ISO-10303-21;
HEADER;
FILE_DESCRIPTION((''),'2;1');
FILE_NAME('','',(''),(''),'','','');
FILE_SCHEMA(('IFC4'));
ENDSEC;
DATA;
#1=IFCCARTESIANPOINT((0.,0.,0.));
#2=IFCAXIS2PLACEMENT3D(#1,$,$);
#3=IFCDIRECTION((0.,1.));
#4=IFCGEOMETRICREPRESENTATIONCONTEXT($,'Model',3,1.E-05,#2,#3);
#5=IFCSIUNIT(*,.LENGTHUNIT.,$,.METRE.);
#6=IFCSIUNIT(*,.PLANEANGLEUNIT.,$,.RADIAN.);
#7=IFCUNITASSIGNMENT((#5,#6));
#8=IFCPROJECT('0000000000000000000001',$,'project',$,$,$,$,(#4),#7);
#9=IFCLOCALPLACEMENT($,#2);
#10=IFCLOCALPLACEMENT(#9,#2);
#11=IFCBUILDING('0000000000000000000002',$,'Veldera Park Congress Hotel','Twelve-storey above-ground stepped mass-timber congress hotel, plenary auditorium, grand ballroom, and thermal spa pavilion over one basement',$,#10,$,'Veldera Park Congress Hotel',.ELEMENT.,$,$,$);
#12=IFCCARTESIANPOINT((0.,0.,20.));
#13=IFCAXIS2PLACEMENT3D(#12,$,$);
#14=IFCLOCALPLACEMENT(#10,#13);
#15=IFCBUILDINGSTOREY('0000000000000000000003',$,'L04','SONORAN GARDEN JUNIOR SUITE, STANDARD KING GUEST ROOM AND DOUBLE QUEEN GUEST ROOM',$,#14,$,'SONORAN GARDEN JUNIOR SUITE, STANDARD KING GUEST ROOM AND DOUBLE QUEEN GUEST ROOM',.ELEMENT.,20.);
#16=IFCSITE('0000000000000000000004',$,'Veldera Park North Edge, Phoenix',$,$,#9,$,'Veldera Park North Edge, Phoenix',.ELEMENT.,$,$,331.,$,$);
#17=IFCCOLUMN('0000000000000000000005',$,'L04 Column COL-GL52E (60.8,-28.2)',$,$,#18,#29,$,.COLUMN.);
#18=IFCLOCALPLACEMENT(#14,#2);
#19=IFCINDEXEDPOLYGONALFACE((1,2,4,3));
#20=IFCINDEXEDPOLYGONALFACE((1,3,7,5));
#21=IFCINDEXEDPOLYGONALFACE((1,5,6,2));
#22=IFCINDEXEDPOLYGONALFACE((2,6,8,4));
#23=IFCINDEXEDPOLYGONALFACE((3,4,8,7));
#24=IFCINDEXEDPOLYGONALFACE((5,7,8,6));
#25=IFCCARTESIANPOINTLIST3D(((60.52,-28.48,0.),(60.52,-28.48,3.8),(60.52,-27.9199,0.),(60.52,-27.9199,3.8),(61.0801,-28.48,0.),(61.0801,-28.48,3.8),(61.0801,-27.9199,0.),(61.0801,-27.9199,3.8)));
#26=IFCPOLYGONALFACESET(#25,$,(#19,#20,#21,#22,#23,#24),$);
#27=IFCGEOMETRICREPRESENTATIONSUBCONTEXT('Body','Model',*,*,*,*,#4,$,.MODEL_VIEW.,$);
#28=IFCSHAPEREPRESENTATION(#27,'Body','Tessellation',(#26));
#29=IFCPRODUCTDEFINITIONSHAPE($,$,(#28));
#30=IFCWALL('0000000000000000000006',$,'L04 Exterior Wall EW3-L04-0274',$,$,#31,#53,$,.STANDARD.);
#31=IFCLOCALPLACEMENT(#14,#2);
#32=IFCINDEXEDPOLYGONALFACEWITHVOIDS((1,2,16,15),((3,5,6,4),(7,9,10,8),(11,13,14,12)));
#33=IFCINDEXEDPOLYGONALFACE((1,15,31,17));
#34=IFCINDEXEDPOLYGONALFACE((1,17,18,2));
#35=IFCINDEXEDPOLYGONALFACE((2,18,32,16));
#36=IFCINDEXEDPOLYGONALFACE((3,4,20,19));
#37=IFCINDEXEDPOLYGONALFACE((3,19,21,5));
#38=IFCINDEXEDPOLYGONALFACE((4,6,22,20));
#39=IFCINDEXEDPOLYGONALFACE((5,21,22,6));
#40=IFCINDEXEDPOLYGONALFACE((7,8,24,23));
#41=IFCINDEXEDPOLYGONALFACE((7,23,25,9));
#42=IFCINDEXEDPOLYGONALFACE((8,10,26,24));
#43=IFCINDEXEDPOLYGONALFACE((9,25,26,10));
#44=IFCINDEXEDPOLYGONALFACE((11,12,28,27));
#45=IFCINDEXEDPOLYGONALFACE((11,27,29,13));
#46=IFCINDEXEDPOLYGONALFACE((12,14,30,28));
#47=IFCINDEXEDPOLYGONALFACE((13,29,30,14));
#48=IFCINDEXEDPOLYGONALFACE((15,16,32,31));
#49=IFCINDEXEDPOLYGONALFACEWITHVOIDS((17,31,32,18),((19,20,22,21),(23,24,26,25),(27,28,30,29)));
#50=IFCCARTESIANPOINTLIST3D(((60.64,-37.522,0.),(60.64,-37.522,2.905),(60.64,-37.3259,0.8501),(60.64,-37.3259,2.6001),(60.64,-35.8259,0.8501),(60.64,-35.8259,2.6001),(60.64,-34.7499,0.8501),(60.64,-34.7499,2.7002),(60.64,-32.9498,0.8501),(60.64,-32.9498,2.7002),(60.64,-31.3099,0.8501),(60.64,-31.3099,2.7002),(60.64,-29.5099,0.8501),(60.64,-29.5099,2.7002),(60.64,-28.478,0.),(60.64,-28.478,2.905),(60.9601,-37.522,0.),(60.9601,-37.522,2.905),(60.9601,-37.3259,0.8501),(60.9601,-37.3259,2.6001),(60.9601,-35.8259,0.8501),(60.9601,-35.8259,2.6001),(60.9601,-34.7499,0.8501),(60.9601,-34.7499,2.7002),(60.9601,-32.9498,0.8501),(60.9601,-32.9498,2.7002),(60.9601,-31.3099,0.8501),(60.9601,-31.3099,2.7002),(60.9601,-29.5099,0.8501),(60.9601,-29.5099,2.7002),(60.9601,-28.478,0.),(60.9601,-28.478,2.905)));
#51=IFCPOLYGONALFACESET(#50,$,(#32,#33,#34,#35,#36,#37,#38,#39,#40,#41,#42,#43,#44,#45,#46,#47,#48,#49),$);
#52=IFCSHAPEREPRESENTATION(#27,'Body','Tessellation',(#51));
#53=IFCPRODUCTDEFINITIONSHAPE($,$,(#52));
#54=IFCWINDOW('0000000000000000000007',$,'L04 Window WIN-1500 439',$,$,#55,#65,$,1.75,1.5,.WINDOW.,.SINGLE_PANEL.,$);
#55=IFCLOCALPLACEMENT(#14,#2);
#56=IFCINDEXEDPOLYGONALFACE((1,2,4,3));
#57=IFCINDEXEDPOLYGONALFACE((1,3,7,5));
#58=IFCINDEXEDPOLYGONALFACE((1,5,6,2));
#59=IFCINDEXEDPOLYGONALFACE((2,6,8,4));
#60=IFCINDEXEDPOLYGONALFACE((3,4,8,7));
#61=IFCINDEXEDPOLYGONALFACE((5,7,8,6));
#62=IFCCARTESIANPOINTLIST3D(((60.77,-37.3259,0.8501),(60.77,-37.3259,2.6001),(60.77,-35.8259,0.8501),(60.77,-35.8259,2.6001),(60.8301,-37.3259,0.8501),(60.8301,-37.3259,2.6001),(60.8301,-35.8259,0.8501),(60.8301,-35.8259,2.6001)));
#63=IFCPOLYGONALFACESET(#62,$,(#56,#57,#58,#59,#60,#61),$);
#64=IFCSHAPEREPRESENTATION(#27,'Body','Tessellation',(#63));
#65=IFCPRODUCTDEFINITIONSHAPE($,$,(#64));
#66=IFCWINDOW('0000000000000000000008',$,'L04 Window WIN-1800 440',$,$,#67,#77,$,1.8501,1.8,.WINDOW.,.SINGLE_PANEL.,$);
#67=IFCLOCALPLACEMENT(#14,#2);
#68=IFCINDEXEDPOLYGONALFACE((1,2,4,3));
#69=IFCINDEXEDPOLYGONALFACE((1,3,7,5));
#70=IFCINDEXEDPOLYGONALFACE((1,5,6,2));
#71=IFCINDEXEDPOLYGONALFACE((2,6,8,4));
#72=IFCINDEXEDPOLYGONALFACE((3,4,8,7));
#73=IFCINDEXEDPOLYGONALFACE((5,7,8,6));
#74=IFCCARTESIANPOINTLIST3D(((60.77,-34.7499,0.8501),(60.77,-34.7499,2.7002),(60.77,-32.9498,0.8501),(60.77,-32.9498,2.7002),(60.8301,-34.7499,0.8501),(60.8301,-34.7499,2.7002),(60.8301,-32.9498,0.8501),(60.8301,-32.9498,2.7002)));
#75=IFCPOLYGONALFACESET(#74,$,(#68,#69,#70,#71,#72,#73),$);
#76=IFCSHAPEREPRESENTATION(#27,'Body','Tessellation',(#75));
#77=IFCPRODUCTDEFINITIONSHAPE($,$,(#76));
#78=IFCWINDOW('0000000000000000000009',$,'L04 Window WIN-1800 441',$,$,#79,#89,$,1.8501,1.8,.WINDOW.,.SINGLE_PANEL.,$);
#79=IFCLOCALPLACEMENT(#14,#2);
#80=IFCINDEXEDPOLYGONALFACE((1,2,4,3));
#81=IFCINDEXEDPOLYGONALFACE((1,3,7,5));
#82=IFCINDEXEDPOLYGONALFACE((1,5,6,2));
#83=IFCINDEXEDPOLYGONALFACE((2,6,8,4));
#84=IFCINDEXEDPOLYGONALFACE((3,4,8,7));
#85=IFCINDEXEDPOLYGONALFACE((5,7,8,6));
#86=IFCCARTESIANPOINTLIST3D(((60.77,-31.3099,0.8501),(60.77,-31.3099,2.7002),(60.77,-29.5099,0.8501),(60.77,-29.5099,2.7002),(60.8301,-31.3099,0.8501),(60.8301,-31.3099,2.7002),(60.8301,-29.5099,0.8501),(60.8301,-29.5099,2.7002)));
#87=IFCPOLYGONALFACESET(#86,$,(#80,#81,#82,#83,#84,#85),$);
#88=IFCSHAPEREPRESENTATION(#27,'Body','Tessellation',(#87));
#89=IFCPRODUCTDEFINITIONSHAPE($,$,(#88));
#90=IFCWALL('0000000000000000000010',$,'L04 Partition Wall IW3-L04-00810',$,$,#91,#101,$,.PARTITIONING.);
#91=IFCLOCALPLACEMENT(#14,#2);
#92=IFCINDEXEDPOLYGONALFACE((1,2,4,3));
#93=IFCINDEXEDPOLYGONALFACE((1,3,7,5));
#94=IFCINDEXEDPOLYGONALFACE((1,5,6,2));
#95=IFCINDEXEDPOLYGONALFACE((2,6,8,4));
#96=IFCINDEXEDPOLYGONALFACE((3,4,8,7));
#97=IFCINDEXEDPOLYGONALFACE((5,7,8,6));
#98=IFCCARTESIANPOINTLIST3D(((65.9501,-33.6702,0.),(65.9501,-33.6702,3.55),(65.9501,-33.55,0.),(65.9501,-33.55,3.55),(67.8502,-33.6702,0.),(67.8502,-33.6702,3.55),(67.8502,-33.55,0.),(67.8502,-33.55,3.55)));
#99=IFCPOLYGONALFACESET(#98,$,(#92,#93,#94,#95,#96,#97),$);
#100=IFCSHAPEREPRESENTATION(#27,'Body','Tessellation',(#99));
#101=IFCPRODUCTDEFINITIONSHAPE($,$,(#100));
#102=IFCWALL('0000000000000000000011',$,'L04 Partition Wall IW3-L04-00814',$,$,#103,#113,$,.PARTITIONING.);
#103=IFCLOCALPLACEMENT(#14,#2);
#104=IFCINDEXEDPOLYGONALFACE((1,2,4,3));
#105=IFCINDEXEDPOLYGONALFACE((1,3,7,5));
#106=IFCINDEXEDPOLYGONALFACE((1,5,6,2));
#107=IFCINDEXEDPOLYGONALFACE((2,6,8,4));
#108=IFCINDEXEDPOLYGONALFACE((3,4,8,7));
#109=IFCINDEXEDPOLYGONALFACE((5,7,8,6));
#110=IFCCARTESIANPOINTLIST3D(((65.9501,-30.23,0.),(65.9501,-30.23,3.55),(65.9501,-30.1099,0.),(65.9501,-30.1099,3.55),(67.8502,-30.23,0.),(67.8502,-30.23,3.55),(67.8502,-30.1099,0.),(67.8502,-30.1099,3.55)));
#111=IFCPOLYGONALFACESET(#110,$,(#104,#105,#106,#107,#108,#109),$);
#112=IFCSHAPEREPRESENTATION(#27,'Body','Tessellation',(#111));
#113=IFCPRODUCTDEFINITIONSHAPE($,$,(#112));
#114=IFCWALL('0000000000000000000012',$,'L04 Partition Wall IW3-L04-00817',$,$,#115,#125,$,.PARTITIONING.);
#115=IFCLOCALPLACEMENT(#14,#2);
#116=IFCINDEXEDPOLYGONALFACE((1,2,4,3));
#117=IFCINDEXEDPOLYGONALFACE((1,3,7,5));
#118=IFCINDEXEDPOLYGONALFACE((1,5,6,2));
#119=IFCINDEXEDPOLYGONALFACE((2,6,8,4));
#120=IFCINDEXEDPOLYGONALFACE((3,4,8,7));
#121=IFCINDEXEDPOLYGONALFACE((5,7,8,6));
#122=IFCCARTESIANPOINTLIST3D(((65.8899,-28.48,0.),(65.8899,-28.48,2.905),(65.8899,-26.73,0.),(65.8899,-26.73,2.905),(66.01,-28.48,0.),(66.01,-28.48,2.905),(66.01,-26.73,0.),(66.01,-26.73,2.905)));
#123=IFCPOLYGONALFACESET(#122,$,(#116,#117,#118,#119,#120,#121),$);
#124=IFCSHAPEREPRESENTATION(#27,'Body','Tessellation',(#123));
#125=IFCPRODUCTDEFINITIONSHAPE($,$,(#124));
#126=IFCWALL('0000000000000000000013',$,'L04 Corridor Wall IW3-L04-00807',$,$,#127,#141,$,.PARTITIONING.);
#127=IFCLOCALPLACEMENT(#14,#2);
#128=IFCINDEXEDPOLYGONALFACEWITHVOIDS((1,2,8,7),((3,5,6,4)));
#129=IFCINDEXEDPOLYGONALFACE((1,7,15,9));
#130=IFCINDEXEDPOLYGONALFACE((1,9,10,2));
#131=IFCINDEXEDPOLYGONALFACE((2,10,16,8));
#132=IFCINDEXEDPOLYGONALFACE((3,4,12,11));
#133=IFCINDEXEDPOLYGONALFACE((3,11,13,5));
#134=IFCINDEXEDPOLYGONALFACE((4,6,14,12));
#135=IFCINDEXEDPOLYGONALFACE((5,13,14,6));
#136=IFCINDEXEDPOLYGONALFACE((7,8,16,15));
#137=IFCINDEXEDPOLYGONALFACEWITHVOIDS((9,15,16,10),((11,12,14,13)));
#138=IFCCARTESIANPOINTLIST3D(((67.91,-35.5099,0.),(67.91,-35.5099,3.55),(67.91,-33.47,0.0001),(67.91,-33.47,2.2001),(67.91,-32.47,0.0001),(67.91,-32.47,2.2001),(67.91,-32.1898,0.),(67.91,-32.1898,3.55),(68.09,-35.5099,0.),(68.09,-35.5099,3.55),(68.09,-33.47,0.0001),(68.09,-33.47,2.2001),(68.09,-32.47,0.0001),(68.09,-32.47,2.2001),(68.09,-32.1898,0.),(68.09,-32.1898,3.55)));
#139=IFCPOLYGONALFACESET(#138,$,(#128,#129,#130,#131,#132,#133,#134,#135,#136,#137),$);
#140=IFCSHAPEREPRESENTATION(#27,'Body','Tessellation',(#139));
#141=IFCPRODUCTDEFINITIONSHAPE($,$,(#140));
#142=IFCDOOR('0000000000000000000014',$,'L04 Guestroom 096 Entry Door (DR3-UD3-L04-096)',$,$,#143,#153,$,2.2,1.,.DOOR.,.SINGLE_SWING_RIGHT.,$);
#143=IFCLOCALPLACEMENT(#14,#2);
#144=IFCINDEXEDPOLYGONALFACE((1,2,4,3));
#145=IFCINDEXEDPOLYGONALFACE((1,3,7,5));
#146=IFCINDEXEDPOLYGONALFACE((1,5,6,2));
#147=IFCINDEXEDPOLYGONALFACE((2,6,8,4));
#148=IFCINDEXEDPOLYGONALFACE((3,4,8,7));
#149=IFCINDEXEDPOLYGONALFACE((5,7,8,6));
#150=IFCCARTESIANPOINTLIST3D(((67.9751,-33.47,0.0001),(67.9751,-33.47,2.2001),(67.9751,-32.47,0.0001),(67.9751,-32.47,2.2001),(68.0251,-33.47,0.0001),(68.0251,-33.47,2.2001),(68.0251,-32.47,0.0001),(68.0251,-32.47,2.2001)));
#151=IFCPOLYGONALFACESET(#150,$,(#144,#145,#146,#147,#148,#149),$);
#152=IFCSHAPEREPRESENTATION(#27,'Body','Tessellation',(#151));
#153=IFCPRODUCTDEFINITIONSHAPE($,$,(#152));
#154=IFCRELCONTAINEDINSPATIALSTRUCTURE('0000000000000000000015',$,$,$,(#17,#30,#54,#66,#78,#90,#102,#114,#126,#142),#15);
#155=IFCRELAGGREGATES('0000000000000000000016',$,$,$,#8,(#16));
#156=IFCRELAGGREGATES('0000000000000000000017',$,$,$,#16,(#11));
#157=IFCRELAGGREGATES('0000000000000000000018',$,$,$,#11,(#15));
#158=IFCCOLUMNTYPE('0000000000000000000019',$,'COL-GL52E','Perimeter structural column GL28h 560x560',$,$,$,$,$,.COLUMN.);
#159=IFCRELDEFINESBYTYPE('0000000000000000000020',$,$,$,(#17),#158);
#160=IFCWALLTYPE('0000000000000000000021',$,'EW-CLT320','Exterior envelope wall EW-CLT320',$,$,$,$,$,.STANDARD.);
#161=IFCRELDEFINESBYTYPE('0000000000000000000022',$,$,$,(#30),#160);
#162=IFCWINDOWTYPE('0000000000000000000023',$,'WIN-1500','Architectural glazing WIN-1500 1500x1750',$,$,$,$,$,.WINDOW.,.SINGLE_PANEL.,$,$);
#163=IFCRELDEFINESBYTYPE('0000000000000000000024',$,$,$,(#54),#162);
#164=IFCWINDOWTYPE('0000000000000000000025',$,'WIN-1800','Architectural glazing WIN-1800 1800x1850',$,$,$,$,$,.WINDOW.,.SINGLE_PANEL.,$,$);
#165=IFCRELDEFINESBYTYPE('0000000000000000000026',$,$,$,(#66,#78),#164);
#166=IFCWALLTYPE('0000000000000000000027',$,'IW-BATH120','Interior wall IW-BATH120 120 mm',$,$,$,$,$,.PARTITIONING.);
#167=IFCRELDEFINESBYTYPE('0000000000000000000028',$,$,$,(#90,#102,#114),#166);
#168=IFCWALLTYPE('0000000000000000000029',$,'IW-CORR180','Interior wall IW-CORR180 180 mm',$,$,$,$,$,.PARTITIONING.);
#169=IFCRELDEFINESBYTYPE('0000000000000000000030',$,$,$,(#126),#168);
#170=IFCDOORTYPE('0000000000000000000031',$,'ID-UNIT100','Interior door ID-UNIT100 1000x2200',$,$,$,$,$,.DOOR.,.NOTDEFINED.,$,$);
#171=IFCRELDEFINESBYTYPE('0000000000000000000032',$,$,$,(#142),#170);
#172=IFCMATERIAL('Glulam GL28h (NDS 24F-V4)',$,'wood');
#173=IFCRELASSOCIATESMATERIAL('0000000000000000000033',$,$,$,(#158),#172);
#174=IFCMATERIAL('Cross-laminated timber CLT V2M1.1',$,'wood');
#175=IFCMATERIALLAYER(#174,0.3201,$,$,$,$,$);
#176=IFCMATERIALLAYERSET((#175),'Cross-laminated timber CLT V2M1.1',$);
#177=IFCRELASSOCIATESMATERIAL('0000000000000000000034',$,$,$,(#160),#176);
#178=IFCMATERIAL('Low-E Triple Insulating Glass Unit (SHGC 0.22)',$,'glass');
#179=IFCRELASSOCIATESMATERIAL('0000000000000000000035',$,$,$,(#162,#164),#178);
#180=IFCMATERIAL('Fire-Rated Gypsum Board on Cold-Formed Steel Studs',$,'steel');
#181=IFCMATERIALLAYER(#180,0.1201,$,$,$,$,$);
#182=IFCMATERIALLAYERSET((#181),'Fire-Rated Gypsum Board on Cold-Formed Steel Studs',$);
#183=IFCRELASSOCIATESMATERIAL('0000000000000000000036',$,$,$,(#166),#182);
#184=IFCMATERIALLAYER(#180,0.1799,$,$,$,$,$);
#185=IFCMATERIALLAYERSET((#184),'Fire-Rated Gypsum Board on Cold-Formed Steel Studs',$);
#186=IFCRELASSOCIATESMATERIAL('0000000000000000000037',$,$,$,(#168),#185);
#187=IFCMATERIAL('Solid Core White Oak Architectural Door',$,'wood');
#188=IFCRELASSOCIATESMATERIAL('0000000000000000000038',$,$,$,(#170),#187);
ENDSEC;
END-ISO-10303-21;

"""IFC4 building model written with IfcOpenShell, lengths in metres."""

from ifc_helpers import new_model, si_unit, direction, frame, frame_2d, origin, origin_2d, place, context, subcontext, project, spatial, rectangle, extrude, material, layer, layer_set, material_profile, profile_set, type_object, element, fill, save


model = new_model("IFC4")

# Units and contexts
model_context = context("Model", 3, precision=1e-05, world=origin(), true_north=direction((0.0, 1.0)))
body_context = subcontext(model_context, "Body", "Model", "MODEL_VIEW")
ifc_project = project(units=[si_unit("LENGTHUNIT", "METRE"), si_unit("PLANEANGLEUNIT", "RADIAN")], contexts=[model_context])

# Site, building, storey
site_placement = place(None, origin())
site = spatial("IfcSite", under=ifc_project, at=site_placement, Name="Veldera Park North Edge, Phoenix", LongName="Veldera Park North Edge, Phoenix", CompositionType="ELEMENT", RefElevation=331.0)
building_placement = place(site_placement, origin())
building = spatial("IfcBuilding", under=site, at=building_placement, Name="Veldera Park Congress Hotel", Description="Twelve-storey above-ground stepped mass-timber congress hotel, plenary auditorium, grand ballroom, and thermal spa pavilion over one basement", LongName="Veldera Park Congress Hotel", CompositionType="ELEMENT")
storey_placement = place(building_placement, frame((0.0, 0.0, 20.0)))
storey = spatial("IfcBuildingStorey", under=building, at=storey_placement, Name="L04", Description="SONORAN GARDEN JUNIOR SUITE, STANDARD KING GUEST ROOM AND DOUBLE QUEEN GUEST ROOM", LongName="SONORAN GARDEN JUNIOR SUITE, STANDARD KING GUEST ROOM AND DOUBLE QUEEN GUEST ROOM", CompositionType="ELEMENT", Elevation=20.0)

# Column
ifc_material_1 = material(Name="Glulam GL28h (NDS 24F-V4)", Category="wood")
ifc_material_profile = material_profile(ifc_material_1, rectangle(XDim=0.5601, YDim=0.5601, at=origin_2d()), Name="GL28h 560x560")
ifc_profile_set = profile_set([ifc_material_profile], Name="Glulam GL28h (NDS 24F-V4)")
column_type = type_object("IfcColumnType", Name="COL-GL52E", Description="Perimeter structural column GL28h 560x560", PredefinedType="COLUMN", material=ifc_profile_set)
column_placement = place(storey_placement, frame((60.8, -28.2, 0.0), z_axis=(0.0, 0.0, 1.0), x_axis=(1.0, 0.0, 0.0)))
element("IfcColumn", 1, at=column_placement, inside=storey, type_object=column_type, Name="L04 Column COL-GL52E (60.8,-28.2)", PredefinedType="COLUMN", context=body_context, shape_type="SweptSolid", body=[
    extrude(rectangle(XDim=0.5601, YDim=0.5601, at=origin_2d()), origin(), (0.0, 0.0, 1.0), 3.8),
])

# Wall, openings, windows
ifc_material_2 = material(Name="Cross-laminated timber CLT V2M1.1", Category="wood")
ifc_layer_1 = layer(ifc_material_2, 0.3201)
ifc_layer_set_1 = layer_set([ifc_layer_1], Name="Cross-laminated timber CLT V2M1.1")
wall_type_1 = type_object("IfcWallType", Name="EW-CLT320", Description="Exterior envelope wall EW-CLT320", PredefinedType="STANDARD", material=ifc_layer_set_1)
wall_1_placement = place(storey_placement, frame((60.8, -28.478, 0.0), z_axis=(0.0, 0.0, 1.0), x_axis=(0.0, -1.0, 0.0)))
wall_1 = element("IfcWall", 2, at=wall_1_placement, inside=storey, type_object=wall_type_1, Name="L04 Exterior Wall EW3-L04-0274", PredefinedType="STANDARD", context=body_context, shape_type="SweptSolid", body=[
    extrude(rectangle(XDim=9.0439, YDim=0.3201, at=frame_2d((4.522, 0.0))), origin(), (0.0, 0.0, 1.0), 2.905),
])
opening_1_placement = place(wall_1_placement, frame((7.3479, 0.0, 0.8501)))
opening_1 = element("IfcOpeningElement", 3, at=opening_1_placement, cuts=wall_1, PredefinedType="OPENING", context=body_context, shape_type="SweptSolid", body=[
    extrude(rectangle(XDim=1.5, YDim=1.75, at=frame_2d((0.75, 0.875))), frame((0.0, 0.1721, 0.0), z_axis=(0.0, -1.0, 0.0), x_axis=(1.0, 0.0, 0.0)), (0.0, 0.0, 1.0), 0.344),
])
opening_2_placement = place(wall_1_placement, frame((4.4719, 0.0, 0.8501)))
opening_2 = element("IfcOpeningElement", 4, at=opening_2_placement, cuts=wall_1, PredefinedType="OPENING", context=body_context, shape_type="SweptSolid", body=[
    extrude(rectangle(XDim=1.8, YDim=1.8501, at=frame_2d((0.8999, 0.925))), frame((0.0, 0.1721, 0.0), z_axis=(0.0, -1.0, 0.0), x_axis=(1.0, 0.0, 0.0)), (0.0, 0.0, 1.0), 0.344),
])
opening_3_placement = place(wall_1_placement, frame((1.032, 0.0, 0.8501)))
opening_3 = element("IfcOpeningElement", 5, at=opening_3_placement, cuts=wall_1, PredefinedType="OPENING", context=body_context, shape_type="SweptSolid", body=[
    extrude(rectangle(XDim=1.8, YDim=1.8501, at=frame_2d((0.8999, 0.925))), frame((0.0, 0.1721, 0.0), z_axis=(0.0, -1.0, 0.0), x_axis=(1.0, 0.0, 0.0)), (0.0, 0.0, 1.0), 0.344),
])
ifc_material_3 = material(Name="Low-E Triple Insulating Glass Unit (SHGC 0.22)", Category="glass")
window_type_1 = type_object("IfcWindowType", Name="WIN-1500", Description="Architectural glazing WIN-1500 1500x1750", PartitioningType="SINGLE_PANEL", PredefinedType="WINDOW", material=ifc_material_3)
window_1_placement = place(opening_1_placement, origin())
window_1 = element("IfcWindow", 6, at=window_1_placement, inside=storey, type_object=window_type_1, Name="L04 Window WIN-1500 439", OverallHeight=1.75, OverallWidth=1.5, PartitioningType="SINGLE_PANEL", PredefinedType="WINDOW", context=body_context, shape_type="SweptSolid", body=[
    extrude(rectangle(XDim=1.5, YDim=1.75, at=frame_2d((0.75, 0.875))), frame((0.0, 0.03, 0.0), z_axis=(0.0, -1.0, 0.0), x_axis=(1.0, 0.0, 0.0)), (0.0, 0.0, 1.0), 0.0601),
])
fill(opening_1, window_1)
window_type_2 = type_object("IfcWindowType", Name="WIN-1800", Description="Architectural glazing WIN-1800 1800x1850", PartitioningType="SINGLE_PANEL", PredefinedType="WINDOW", material=ifc_material_3)
window_2_placement = place(opening_2_placement, origin())
window_2 = element("IfcWindow", 7, at=window_2_placement, inside=storey, type_object=window_type_2, Name="L04 Window WIN-1800 440", OverallHeight=1.8501, OverallWidth=1.8, PartitioningType="SINGLE_PANEL", PredefinedType="WINDOW", context=body_context, shape_type="SweptSolid", body=[
    extrude(rectangle(XDim=1.8, YDim=1.8501, at=frame_2d((0.8999, 0.925))), frame((0.0, 0.03, 0.0), z_axis=(0.0, -1.0, 0.0), x_axis=(1.0, 0.0, 0.0)), (0.0, 0.0, 1.0), 0.0601),
])
fill(opening_2, window_2)
window_3_placement = place(opening_3_placement, origin())
window_3 = element("IfcWindow", 8, at=window_3_placement, inside=storey, type_object=window_type_2, Name="L04 Window WIN-1800 441", OverallHeight=1.8501, OverallWidth=1.8, PartitioningType="SINGLE_PANEL", PredefinedType="WINDOW", context=body_context, shape_type="SweptSolid", body=[
    extrude(rectangle(XDim=1.8, YDim=1.8501, at=frame_2d((0.8999, 0.925))), frame((0.0, 0.03, 0.0), z_axis=(0.0, -1.0, 0.0), x_axis=(1.0, 0.0, 0.0)), (0.0, 0.0, 1.0), 0.0601),
])
fill(opening_3, window_3)

# Shared definitions
ifc_material_4 = material(Name="Fire-Rated Gypsum Board on Cold-Formed Steel Studs", Category="steel")
ifc_layer_2 = layer(ifc_material_4, 0.1201)
ifc_layer_set_2 = layer_set([ifc_layer_2], Name="Fire-Rated Gypsum Board on Cold-Formed Steel Studs")
wall_type_2 = type_object("IfcWallType", Name="IW-BATH120", Description="Interior wall IW-BATH120 120 mm", PredefinedType="PARTITIONING", material=ifc_layer_set_2)
ifc_material_5 = material(Name="Solid Core White Oak Architectural Door", Category="wood")

# Wall
wall_2_placement = place(storey_placement, frame((65.95, -33.6101, 0.0), z_axis=(0.0, 0.0, 1.0), x_axis=(1.0, 0.0, 0.0)))
element("IfcWall", 9, at=wall_2_placement, inside=storey, type_object=wall_type_2, Name="L04 Partition Wall IW3-L04-00810", PredefinedType="PARTITIONING", context=body_context, shape_type="SweptSolid", body=[
    extrude(rectangle(XDim=1.9001, YDim=0.1201, at=frame_2d((0.9502, 0.0))), origin(), (0.0, 0.0, 1.0), 3.55),
])

# Walls
wall_3_placement = place(storey_placement, frame((65.95, -30.1699, 0.0), z_axis=(0.0, 0.0, 1.0), x_axis=(1.0, 0.0, 0.0)))
element("IfcWall", 10, at=wall_3_placement, inside=storey, type_object=wall_type_2, Name="L04 Partition Wall IW3-L04-00814", PredefinedType="PARTITIONING", context=body_context, shape_type="SweptSolid", body=[
    extrude(rectangle(XDim=1.9001, YDim=0.1201, at=frame_2d((0.9502, 0.0))), origin(), (0.0, 0.0, 1.0), 3.55),
])
wall_4_placement = place(storey_placement, frame((65.95, -28.48, 0.0), z_axis=(0.0, 0.0, 1.0), x_axis=(0.0, 1.0, 0.0)))
element("IfcWall", 11, at=wall_4_placement, inside=storey, type_object=wall_type_2, Name="L04 Partition Wall IW3-L04-00817", PredefinedType="PARTITIONING", context=body_context, shape_type="SweptSolid", body=[
    extrude(rectangle(XDim=1.75, YDim=0.1201, at=frame_2d((0.875, 0.0))), origin(), (0.0, 0.0, 1.0), 2.905),
])

# Wall, opening, door
ifc_layer_3 = layer(ifc_material_4, 0.1799)
ifc_layer_set_3 = layer_set([ifc_layer_3], Name="Fire-Rated Gypsum Board on Cold-Formed Steel Studs")
wall_type_3 = type_object("IfcWallType", Name="IW-CORR180", Description="Interior wall IW-CORR180 180 mm", PredefinedType="PARTITIONING", material=ifc_layer_set_3)
wall_5_placement = place(storey_placement, frame((68.0, -35.51, 0.0), z_axis=(0.0, 0.0, 1.0), x_axis=(0.0, 1.0, 0.0)))
wall_5 = element("IfcWall", 12, at=wall_5_placement, inside=storey, type_object=wall_type_3, Name="L04 Corridor Wall IW3-L04-00807", PredefinedType="PARTITIONING", context=body_context, shape_type="SweptSolid", body=[
    extrude(rectangle(XDim=3.3201, YDim=0.1799, at=frame_2d((1.6602, 0.0))), origin(), (0.0, 0.0, 1.0), 3.55),
])
opening_4_placement = place(wall_5_placement, frame((2.04, 0.0, 0.0)))
opening_4 = element("IfcOpeningElement", 13, at=opening_4_placement, cuts=wall_5, PredefinedType="OPENING", context=body_context, shape_type="SweptSolid", body=[
    extrude(rectangle(XDim=1.0, YDim=2.2, at=frame_2d((0.5, 1.1001))), frame((0.0, 0.1021, 0.0), z_axis=(0.0, -1.0, 0.0), x_axis=(1.0, 0.0, 0.0)), (0.0, 0.0, 1.0), 0.2039),
])
door_type_1 = type_object("IfcDoorType", Name="ID-UNIT100", Description="Interior door ID-UNIT100 1000x2200", OperationType="NOTDEFINED", PredefinedType="DOOR", material=ifc_material_5)
door_1_placement = place(opening_4_placement, origin())
door_1 = element("IfcDoor", 14, at=door_1_placement, inside=storey, type_object=door_type_1, Name="L04 Guestroom 096 Entry Door (DR3-UD3-L04-096)", OperationType="SINGLE_SWING_RIGHT", OverallHeight=2.2, OverallWidth=1.0, PredefinedType="DOOR", context=body_context, shape_type="SweptSolid", body=[
    extrude(rectangle(XDim=1.0, YDim=2.2, at=frame_2d((0.5, 1.1001))), frame((0.0, 0.0249, 0.0), z_axis=(0.0, -1.0, 0.0), x_axis=(1.0, 0.0, 0.0)), (0.0, 0.0, 1.0), 0.05),
])
fill(opening_4, door_1)

save(model, "model.ifc")
